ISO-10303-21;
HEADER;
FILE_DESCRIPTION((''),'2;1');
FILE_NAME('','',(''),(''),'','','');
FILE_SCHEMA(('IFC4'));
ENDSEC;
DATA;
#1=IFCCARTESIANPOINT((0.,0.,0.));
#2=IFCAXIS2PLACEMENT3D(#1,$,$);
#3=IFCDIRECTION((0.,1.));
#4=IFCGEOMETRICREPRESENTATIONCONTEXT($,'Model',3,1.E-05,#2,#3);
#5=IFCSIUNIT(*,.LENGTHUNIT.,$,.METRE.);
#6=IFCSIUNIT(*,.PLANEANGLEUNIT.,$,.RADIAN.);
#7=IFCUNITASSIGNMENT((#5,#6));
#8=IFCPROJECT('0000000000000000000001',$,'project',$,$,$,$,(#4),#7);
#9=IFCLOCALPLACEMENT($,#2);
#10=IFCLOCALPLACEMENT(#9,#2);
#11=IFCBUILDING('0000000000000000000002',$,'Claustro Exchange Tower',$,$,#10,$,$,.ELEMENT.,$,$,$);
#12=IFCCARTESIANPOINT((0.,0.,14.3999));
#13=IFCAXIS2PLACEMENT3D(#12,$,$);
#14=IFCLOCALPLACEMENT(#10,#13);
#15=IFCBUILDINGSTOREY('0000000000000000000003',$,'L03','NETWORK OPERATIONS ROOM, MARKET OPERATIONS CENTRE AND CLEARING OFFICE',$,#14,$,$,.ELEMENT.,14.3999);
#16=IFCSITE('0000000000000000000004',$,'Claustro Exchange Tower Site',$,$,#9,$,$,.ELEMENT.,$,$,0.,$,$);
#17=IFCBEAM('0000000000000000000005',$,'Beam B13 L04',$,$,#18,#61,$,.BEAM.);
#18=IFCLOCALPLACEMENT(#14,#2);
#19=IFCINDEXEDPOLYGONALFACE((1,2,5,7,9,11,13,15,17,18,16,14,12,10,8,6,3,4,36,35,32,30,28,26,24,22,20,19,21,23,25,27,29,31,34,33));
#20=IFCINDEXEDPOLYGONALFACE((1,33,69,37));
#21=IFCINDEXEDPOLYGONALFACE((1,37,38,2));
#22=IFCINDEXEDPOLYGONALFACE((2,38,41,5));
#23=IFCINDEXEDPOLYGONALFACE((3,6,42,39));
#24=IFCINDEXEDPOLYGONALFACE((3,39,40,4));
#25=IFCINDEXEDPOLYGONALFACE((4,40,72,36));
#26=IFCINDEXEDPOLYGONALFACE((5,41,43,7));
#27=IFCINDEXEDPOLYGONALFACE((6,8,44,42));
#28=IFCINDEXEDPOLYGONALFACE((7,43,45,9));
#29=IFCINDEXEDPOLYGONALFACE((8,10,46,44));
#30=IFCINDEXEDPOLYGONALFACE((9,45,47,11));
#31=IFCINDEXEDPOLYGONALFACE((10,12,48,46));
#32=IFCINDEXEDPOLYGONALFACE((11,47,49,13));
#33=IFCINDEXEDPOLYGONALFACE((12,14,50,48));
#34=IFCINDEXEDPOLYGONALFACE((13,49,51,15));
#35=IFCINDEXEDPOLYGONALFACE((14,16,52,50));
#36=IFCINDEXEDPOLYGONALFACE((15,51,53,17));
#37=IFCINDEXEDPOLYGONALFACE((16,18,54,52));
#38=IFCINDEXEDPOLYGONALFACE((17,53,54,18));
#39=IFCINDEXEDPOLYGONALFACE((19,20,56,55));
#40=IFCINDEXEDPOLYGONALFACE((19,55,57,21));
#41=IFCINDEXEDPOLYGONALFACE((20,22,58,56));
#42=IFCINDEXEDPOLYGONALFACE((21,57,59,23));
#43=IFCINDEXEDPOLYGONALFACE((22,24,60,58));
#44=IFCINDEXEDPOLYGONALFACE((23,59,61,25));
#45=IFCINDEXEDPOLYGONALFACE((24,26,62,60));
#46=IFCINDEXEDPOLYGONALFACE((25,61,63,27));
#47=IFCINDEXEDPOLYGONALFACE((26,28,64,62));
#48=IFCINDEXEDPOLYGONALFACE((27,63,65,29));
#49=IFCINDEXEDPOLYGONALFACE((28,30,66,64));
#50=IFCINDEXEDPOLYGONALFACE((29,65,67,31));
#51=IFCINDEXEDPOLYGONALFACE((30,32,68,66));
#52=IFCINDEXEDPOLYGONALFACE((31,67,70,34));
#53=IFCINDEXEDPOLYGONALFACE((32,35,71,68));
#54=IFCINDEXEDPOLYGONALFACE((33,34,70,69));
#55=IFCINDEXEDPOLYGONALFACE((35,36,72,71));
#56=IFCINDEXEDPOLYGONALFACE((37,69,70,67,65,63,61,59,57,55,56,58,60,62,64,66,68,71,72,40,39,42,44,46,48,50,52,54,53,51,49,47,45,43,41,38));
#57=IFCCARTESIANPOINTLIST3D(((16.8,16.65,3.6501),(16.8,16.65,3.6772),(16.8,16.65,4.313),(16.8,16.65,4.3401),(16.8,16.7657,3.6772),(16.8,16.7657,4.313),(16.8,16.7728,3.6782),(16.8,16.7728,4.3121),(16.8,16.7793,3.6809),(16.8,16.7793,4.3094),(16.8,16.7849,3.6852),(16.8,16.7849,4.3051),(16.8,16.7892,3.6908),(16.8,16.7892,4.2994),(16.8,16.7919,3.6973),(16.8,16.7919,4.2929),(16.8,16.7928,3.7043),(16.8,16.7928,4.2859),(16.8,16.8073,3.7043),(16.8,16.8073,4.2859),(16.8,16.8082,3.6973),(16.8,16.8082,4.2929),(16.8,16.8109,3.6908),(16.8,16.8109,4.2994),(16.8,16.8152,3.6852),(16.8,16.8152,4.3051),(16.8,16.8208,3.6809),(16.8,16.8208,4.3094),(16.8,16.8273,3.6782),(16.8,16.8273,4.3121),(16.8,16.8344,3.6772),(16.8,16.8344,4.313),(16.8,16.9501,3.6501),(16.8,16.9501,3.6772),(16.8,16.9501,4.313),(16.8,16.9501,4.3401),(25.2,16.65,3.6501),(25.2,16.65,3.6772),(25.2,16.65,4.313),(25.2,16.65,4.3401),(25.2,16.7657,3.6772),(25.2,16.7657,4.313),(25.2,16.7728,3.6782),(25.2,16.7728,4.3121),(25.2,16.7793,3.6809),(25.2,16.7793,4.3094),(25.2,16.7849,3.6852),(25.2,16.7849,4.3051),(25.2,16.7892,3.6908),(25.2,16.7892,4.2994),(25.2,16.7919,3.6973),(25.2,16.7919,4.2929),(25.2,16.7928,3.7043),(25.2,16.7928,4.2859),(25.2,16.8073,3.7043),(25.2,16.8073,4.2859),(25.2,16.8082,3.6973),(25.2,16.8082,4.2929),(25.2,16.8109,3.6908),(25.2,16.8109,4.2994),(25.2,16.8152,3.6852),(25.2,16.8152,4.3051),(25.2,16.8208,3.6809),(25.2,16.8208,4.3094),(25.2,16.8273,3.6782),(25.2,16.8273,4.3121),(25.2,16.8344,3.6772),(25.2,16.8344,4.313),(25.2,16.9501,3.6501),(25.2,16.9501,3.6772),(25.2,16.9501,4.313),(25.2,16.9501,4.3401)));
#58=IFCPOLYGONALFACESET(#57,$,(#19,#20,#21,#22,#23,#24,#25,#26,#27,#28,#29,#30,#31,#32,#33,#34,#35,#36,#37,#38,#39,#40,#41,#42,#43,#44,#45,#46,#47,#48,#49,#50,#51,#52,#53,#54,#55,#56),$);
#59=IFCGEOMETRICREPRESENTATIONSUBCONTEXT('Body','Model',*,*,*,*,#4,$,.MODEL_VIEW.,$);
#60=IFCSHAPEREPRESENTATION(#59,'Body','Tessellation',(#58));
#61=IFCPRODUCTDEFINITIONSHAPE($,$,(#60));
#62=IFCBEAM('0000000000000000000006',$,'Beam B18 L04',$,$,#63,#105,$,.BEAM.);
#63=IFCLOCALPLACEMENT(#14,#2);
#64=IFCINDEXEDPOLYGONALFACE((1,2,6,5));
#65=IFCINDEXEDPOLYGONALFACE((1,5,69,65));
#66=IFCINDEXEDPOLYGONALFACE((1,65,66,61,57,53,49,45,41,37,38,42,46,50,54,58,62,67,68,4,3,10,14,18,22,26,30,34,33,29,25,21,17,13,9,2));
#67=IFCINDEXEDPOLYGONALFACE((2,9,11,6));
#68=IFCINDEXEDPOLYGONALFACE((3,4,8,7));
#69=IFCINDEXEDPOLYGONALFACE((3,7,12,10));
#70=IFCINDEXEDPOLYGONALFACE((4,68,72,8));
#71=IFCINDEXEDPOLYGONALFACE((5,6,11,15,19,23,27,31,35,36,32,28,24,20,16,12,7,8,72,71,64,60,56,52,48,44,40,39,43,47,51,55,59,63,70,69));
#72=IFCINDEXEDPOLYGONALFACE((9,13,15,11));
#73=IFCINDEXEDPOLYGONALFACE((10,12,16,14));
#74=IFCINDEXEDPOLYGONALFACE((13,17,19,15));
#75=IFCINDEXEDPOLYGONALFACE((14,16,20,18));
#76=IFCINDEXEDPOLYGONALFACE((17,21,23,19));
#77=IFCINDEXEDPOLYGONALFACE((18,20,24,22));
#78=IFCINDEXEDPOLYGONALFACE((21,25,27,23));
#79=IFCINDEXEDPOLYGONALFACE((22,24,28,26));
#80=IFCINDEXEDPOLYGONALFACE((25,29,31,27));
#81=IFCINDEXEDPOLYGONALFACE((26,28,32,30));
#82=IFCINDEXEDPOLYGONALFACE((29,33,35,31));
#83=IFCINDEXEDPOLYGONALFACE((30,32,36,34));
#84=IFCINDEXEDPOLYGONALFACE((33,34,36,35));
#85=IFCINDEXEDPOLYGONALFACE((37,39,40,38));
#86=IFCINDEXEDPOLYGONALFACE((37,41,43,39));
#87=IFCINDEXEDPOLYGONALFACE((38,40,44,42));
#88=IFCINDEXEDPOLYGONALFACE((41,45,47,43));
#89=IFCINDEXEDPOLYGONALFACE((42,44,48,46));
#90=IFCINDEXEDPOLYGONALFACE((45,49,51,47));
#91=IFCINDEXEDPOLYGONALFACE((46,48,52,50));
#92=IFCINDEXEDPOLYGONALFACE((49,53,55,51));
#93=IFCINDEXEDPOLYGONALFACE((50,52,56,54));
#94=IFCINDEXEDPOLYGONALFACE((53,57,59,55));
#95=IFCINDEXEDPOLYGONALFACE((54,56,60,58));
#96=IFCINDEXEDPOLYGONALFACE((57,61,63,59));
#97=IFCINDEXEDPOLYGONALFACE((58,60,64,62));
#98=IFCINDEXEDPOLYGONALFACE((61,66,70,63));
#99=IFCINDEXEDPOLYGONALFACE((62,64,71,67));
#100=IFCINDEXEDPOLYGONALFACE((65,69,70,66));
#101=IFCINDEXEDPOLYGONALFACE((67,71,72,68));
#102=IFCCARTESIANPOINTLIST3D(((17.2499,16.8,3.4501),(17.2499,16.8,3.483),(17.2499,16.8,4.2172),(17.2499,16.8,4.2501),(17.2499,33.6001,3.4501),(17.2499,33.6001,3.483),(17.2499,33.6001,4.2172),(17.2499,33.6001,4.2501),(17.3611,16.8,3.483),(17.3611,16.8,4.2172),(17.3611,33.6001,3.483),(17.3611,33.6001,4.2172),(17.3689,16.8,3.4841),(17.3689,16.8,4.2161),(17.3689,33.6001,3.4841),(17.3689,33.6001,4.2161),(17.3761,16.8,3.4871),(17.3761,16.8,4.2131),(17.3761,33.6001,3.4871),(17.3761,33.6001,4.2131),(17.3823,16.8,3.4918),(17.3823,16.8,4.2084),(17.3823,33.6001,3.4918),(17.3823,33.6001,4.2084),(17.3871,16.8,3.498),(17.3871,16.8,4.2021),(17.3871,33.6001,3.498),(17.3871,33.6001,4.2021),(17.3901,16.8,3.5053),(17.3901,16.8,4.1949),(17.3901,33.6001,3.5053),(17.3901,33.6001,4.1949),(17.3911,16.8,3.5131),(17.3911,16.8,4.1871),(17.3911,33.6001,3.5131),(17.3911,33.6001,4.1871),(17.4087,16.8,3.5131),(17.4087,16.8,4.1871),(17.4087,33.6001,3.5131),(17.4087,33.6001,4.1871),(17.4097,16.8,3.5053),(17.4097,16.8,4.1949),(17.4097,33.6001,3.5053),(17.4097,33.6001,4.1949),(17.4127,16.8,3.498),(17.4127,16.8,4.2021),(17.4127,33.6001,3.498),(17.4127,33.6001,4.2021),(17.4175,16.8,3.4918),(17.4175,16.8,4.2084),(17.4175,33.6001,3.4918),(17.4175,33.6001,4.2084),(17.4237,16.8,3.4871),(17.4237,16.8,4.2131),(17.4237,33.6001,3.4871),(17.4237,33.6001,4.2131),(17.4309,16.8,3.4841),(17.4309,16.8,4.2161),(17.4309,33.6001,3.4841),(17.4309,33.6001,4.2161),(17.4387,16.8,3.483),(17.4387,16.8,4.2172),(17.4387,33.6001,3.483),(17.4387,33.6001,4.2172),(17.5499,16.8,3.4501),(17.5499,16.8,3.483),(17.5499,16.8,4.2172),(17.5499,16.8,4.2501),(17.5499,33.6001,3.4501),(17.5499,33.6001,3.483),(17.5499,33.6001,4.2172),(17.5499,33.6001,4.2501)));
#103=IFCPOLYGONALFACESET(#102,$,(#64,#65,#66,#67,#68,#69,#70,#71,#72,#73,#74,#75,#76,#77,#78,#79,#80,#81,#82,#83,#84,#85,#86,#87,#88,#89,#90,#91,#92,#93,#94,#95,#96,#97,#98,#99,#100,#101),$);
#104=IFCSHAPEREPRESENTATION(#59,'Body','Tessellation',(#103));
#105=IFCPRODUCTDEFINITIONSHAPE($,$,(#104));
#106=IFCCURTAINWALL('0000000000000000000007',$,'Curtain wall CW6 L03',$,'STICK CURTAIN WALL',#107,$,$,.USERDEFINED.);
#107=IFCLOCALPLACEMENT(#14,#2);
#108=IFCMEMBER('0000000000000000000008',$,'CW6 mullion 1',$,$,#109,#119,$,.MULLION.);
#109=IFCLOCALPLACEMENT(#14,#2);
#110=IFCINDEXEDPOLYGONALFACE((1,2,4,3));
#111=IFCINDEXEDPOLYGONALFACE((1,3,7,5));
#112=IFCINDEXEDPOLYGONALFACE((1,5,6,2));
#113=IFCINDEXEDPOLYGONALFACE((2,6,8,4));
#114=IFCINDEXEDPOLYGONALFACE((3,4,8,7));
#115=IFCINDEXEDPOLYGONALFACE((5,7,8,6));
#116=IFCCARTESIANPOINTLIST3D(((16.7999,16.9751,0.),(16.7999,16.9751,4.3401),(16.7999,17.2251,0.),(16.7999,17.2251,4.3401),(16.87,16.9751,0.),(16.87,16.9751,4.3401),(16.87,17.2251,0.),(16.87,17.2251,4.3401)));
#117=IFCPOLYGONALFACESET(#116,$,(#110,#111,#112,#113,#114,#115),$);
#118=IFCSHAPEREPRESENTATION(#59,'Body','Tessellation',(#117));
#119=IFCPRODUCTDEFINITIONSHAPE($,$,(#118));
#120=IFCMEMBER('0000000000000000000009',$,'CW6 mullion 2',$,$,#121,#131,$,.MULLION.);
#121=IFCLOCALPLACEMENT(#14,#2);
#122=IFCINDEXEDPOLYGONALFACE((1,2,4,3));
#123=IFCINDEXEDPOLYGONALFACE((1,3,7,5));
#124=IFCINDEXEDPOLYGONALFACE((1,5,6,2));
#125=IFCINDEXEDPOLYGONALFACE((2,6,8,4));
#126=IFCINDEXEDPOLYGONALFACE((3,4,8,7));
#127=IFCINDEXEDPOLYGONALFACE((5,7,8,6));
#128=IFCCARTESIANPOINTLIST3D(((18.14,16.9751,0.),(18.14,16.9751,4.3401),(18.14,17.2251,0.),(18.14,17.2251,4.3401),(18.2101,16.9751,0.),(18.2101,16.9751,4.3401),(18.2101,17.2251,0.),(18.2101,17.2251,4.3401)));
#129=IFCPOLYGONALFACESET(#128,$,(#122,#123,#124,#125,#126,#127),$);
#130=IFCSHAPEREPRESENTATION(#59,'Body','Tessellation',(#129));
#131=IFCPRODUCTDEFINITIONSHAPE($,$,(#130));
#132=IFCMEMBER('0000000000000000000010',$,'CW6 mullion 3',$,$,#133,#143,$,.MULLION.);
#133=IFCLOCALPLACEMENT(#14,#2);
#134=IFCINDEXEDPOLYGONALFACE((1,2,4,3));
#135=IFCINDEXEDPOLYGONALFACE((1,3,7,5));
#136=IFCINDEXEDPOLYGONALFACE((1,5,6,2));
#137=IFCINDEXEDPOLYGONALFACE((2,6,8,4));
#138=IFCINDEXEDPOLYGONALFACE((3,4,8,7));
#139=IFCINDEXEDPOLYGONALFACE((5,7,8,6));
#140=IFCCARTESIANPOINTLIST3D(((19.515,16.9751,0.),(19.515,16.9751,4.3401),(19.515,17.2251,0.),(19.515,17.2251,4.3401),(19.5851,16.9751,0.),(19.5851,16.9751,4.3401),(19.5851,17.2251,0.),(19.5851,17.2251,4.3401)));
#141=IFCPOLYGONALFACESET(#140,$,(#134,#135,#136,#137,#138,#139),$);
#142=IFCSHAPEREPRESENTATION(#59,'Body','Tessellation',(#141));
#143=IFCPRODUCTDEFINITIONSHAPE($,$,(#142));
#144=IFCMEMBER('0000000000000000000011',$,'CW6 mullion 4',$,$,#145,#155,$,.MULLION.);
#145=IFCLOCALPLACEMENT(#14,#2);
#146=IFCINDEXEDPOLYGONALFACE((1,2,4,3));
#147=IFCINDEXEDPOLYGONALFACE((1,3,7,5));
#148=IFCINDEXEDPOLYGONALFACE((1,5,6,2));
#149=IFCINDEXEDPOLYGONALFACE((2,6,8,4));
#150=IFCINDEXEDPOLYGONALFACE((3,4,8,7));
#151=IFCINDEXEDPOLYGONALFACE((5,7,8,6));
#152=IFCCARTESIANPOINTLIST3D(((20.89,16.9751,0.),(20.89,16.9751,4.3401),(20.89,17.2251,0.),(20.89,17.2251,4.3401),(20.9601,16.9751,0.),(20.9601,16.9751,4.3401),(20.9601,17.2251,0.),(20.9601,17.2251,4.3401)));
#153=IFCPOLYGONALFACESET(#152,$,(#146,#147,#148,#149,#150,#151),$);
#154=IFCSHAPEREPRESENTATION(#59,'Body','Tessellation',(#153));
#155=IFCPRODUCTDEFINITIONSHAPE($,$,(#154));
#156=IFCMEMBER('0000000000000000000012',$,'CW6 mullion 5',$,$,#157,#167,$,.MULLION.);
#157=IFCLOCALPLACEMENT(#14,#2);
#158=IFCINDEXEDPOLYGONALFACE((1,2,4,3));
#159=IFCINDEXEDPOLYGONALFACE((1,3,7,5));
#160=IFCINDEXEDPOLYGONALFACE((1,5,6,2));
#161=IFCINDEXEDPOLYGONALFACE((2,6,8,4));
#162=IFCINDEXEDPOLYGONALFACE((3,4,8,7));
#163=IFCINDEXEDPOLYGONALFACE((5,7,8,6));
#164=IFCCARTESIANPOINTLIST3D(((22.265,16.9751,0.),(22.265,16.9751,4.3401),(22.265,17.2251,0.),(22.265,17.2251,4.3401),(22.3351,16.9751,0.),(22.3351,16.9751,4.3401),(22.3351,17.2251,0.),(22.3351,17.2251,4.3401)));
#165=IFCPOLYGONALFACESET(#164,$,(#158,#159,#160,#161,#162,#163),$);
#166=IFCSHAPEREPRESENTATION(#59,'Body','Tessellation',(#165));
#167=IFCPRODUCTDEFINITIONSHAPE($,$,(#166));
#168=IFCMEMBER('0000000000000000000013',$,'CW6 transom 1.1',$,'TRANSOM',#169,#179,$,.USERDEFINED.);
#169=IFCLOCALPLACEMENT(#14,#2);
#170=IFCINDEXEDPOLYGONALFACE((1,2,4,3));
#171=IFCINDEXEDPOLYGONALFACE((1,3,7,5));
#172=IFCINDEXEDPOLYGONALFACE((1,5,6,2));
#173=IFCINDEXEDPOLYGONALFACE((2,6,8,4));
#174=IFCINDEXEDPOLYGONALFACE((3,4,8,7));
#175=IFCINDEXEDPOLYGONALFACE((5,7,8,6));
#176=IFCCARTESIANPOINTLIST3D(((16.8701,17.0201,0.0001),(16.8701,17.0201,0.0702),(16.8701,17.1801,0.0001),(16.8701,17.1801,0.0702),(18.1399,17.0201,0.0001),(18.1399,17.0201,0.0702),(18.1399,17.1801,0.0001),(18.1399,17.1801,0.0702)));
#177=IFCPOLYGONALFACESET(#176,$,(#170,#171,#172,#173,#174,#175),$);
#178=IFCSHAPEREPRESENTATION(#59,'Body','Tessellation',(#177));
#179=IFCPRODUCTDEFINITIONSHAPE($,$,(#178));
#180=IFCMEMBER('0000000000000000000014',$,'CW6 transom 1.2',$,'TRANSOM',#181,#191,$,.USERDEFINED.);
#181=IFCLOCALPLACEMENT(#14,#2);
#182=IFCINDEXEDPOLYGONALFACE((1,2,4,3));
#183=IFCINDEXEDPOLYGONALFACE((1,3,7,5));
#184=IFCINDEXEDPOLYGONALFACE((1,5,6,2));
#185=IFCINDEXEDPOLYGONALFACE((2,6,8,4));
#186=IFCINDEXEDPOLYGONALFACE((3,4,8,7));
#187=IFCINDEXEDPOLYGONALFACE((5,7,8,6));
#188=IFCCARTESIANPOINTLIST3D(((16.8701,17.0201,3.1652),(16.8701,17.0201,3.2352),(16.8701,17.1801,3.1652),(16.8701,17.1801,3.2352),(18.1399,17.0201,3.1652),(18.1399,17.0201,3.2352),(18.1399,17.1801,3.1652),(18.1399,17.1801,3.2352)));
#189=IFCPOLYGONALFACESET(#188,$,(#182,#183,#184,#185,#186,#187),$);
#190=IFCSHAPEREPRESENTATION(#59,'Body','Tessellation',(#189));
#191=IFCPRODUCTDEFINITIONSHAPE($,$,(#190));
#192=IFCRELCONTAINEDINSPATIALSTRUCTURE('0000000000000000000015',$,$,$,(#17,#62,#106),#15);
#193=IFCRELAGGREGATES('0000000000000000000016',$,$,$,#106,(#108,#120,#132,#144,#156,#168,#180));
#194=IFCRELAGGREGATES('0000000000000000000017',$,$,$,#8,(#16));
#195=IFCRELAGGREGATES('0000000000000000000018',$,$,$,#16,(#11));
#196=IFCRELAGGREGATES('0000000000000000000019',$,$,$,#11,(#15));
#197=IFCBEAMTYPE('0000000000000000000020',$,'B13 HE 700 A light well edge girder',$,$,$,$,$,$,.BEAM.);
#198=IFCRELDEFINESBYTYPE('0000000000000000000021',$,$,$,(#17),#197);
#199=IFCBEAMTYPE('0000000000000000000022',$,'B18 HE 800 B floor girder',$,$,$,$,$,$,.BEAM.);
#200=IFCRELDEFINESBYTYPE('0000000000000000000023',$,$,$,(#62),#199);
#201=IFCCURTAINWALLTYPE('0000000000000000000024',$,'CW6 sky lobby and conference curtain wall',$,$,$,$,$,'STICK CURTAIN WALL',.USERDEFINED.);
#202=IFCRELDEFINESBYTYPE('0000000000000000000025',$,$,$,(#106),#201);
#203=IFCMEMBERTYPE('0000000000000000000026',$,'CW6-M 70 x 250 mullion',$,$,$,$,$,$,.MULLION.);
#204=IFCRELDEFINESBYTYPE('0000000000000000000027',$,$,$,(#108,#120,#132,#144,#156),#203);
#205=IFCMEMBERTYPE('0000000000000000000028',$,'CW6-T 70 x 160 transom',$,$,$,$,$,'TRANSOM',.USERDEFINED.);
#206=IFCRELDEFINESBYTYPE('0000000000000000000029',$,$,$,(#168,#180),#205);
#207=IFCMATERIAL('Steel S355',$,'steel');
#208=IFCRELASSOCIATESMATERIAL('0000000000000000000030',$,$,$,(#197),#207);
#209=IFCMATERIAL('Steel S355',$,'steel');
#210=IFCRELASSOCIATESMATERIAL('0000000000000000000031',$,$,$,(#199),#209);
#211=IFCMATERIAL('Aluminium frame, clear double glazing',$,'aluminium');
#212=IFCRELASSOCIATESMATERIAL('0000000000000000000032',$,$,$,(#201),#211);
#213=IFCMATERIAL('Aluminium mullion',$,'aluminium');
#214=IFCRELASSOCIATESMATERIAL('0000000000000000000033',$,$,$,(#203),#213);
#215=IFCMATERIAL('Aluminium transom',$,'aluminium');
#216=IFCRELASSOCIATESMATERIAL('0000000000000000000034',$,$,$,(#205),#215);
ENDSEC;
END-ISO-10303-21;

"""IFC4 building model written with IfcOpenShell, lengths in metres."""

from ifc_helpers import new_model, si_unit, direction, frame, origin, origin_2d, place, context, subcontext, project, spatial, rectangle, i_section, extrude, material, material_profile, profile_set, type_object, element, aggregate, save


model = new_model("IFC4")

# Units and contexts
model_context = context("Model", 3, precision=1e-05, world=origin(), true_north=direction((0.0, 1.0)))
body_context = subcontext(model_context, "Body", "Model", "MODEL_VIEW")
ifc_project = project(units=[si_unit("LENGTHUNIT", "METRE"), si_unit("PLANEANGLEUNIT", "RADIAN")], contexts=[model_context])

# Site, building, storey
site_placement = place(None, origin())
site = spatial("IfcSite", under=ifc_project, at=site_placement, Name="Claustro Exchange Tower Site", CompositionType="ELEMENT", RefElevation=0.0)
building_placement = place(site_placement, origin())
building = spatial("IfcBuilding", under=site, at=building_placement, Name="Claustro Exchange Tower", CompositionType="ELEMENT")
storey_placement = place(building_placement, frame((0.0, 0.0, 14.3999)))
storey = spatial("IfcBuildingStorey", under=building, at=storey_placement, Name="L03", Description="NETWORK OPERATIONS ROOM, MARKET OPERATIONS CENTRE AND CLEARING OFFICE", CompositionType="ELEMENT", Elevation=14.3999)

# Beams
ifc_material_1 = material(Name="Steel S355", Category="steel")
ifc_material_profile_1 = material_profile(ifc_material_1, i_section(OverallWidth=0.3, OverallDepth=0.6899, WebThickness=0.0144, FlangeThickness=0.0271, FilletRadius=0.0271, at=origin_2d()), Name="HE 700 A")
ifc_profile_set_1 = profile_set([ifc_material_profile_1], Name="Steel S355")
beam_type_1 = type_object("IfcBeamType", Name="B13 HE 700 A light well edge girder", PredefinedType="BEAM", material=ifc_profile_set_1)
beam_1_placement = place(storey_placement, frame((16.8, 16.8, 3.9951), z_axis=(1.0, 0.0, 0.0), x_axis=(0.0, 1.0, 0.0)))
element("IfcBeam", 1, at=beam_1_placement, inside=storey, type_object=beam_type_1, Name="Beam B13 L04", PredefinedType="BEAM", context=body_context, shape_type="SweptSolid", body=[
    extrude(i_section(OverallWidth=0.3, OverallDepth=0.6899, WebThickness=0.0144, FlangeThickness=0.0271, FilletRadius=0.0271, at=origin_2d()), origin(), (0.0, 0.0, 1.0), 8.3999),
])
ifc_material_2 = material(Name="Steel S355", Category="steel")
ifc_material_profile_2 = material_profile(ifc_material_2, i_section(OverallWidth=0.3, OverallDepth=0.8, WebThickness=0.0176, FlangeThickness=0.033, FilletRadius=0.03, at=origin_2d()), Name="HE 800 B")
ifc_profile_set_2 = profile_set([ifc_material_profile_2], Name="Steel S355")
beam_type_2 = type_object("IfcBeamType", Name="B18 HE 800 B floor girder", PredefinedType="BEAM", material=ifc_profile_set_2)
beam_2_placement = place(storey_placement, frame((17.3999, 16.8, 3.8501), z_axis=(0.0, 1.0, 0.0), x_axis=(-1.0, 0.0, 0.0)))
element("IfcBeam", 2, at=beam_2_placement, inside=storey, type_object=beam_type_2, Name="Beam B18 L04", PredefinedType="BEAM", context=body_context, shape_type="SweptSolid", body=[
    extrude(i_section(OverallWidth=0.3, OverallDepth=0.8, WebThickness=0.0176, FlangeThickness=0.033, FilletRadius=0.03, at=origin_2d()), origin(), (0.0, 0.0, 1.0), 16.8),
])

# Curtain wall, members
ifc_material_3 = material(Name="Aluminium frame, clear double glazing", Category="aluminium")
curtain_wall_type = type_object("IfcCurtainWallType", Name="CW6 sky lobby and conference curtain wall", ElementType="STICK CURTAIN WALL", PredefinedType="USERDEFINED", material=ifc_material_3)
curtain_wall_placement = place(storey_placement, origin())
curtain_wall = element("IfcCurtainWall", 3, at=curtain_wall_placement, inside=storey, type_object=curtain_wall_type, Name="Curtain wall CW6 L03", ObjectType="STICK CURTAIN WALL", PredefinedType="USERDEFINED")
ifc_material_4 = material(Name="Aluminium mullion", Category="aluminium")
ifc_material_profile_3 = material_profile(ifc_material_4, rectangle(XDim=0.25, YDim=0.0701, at=origin_2d()), Name="CW6-M 70x250")
ifc_profile_set_3 = profile_set([ifc_material_profile_3], Name="Aluminium mullion")
member_type_1 = type_object("IfcMemberType", Name="CW6-M 70 x 250 mullion", PredefinedType="MULLION", material=ifc_profile_set_3)
member_1_placement = place(storey_placement, frame((16.835, 17.1001, 0.0), z_axis=(0.0, 0.0, 1.0), x_axis=(0.0, 1.0, 0.0)))
member_1 = element("IfcMember", 4, at=member_1_placement, type_object=member_type_1, Name="CW6 mullion 1", PredefinedType="MULLION", context=body_context, shape_type="SweptSolid", body=[
    extrude(rectangle(XDim=0.25, YDim=0.0701, at=origin_2d()), origin(), (0.0, 0.0, 1.0), 4.3401),
])
member_2_placement = place(storey_placement, frame((18.175, 17.1001, 0.0), z_axis=(0.0, 0.0, 1.0), x_axis=(0.0, 1.0, 0.0)))
member_2 = element("IfcMember", 5, at=member_2_placement, type_object=member_type_1, Name="CW6 mullion 2", PredefinedType="MULLION", context=body_context, shape_type="SweptSolid", body=[
    extrude(rectangle(XDim=0.25, YDim=0.0701, at=origin_2d()), origin(), (0.0, 0.0, 1.0), 4.3401),
])
member_3_placement = place(storey_placement, frame((19.55, 17.1001, 0.0), z_axis=(0.0, 0.0, 1.0), x_axis=(0.0, 1.0, 0.0)))
member_3 = element("IfcMember", 6, at=member_3_placement, type_object=member_type_1, Name="CW6 mullion 3", PredefinedType="MULLION", context=body_context, shape_type="SweptSolid", body=[
    extrude(rectangle(XDim=0.25, YDim=0.0701, at=origin_2d()), origin(), (0.0, 0.0, 1.0), 4.3401),
])
member_4_placement = place(storey_placement, frame((20.925, 17.1001, 0.0), z_axis=(0.0, 0.0, 1.0), x_axis=(0.0, 1.0, 0.0)))
member_4 = element("IfcMember", 7, at=member_4_placement, type_object=member_type_1, Name="CW6 mullion 4", PredefinedType="MULLION", context=body_context, shape_type="SweptSolid", body=[
    extrude(rectangle(XDim=0.25, YDim=0.0701, at=origin_2d()), origin(), (0.0, 0.0, 1.0), 4.3401),
])
member_5_placement = place(storey_placement, frame((22.3, 17.1001, 0.0), z_axis=(0.0, 0.0, 1.0), x_axis=(0.0, 1.0, 0.0)))
member_5 = element("IfcMember", 8, at=member_5_placement, type_object=member_type_1, Name="CW6 mullion 5", PredefinedType="MULLION", context=body_context, shape_type="SweptSolid", body=[
    extrude(rectangle(XDim=0.25, YDim=0.0701, at=origin_2d()), origin(), (0.0, 0.0, 1.0), 4.3401),
])
ifc_material_5 = material(Name="Aluminium transom", Category="aluminium")
ifc_material_profile_4 = material_profile(ifc_material_5, rectangle(XDim=0.1599, YDim=0.0701, at=origin_2d()), Name="CW6-T 70x160")
ifc_profile_set_4 = profile_set([ifc_material_profile_4], Name="Aluminium transom")
member_type_2 = type_object("IfcMemberType", Name="CW6-T 70 x 160 transom", ElementType="TRANSOM", PredefinedType="USERDEFINED", material=ifc_profile_set_4)
member_6_placement = place(storey_placement, frame((16.8701, 17.1001, 0.0352), z_axis=(1.0, 0.0, 0.0), x_axis=(0.0, 1.0, 0.0)))
member_6 = element("IfcMember", 9, at=member_6_placement, type_object=member_type_2, Name="CW6 transom 1.1", ObjectType="TRANSOM", PredefinedType="USERDEFINED", context=body_context, shape_type="SweptSolid", body=[
    extrude(rectangle(XDim=0.1599, YDim=0.0701, at=origin_2d()), origin(), (0.0, 0.0, 1.0), 1.2698),
])
member_7_placement = place(storey_placement, frame((16.8701, 17.1001, 3.2002), z_axis=(1.0, 0.0, 0.0), x_axis=(0.0, 1.0, 0.0)))
member_7 = element("IfcMember", 10, at=member_7_placement, type_object=member_type_2, Name="CW6 transom 1.2", ObjectType="TRANSOM", PredefinedType="USERDEFINED", context=body_context, shape_type="SweptSolid", body=[
    extrude(rectangle(XDim=0.1599, YDim=0.0701, at=origin_2d()), origin(), (0.0, 0.0, 1.0), 1.2698),
])
aggregate(curtain_wall, [member_1, member_2, member_3, member_4, member_5, member_6, member_7])

save(model, "model.ifc")
